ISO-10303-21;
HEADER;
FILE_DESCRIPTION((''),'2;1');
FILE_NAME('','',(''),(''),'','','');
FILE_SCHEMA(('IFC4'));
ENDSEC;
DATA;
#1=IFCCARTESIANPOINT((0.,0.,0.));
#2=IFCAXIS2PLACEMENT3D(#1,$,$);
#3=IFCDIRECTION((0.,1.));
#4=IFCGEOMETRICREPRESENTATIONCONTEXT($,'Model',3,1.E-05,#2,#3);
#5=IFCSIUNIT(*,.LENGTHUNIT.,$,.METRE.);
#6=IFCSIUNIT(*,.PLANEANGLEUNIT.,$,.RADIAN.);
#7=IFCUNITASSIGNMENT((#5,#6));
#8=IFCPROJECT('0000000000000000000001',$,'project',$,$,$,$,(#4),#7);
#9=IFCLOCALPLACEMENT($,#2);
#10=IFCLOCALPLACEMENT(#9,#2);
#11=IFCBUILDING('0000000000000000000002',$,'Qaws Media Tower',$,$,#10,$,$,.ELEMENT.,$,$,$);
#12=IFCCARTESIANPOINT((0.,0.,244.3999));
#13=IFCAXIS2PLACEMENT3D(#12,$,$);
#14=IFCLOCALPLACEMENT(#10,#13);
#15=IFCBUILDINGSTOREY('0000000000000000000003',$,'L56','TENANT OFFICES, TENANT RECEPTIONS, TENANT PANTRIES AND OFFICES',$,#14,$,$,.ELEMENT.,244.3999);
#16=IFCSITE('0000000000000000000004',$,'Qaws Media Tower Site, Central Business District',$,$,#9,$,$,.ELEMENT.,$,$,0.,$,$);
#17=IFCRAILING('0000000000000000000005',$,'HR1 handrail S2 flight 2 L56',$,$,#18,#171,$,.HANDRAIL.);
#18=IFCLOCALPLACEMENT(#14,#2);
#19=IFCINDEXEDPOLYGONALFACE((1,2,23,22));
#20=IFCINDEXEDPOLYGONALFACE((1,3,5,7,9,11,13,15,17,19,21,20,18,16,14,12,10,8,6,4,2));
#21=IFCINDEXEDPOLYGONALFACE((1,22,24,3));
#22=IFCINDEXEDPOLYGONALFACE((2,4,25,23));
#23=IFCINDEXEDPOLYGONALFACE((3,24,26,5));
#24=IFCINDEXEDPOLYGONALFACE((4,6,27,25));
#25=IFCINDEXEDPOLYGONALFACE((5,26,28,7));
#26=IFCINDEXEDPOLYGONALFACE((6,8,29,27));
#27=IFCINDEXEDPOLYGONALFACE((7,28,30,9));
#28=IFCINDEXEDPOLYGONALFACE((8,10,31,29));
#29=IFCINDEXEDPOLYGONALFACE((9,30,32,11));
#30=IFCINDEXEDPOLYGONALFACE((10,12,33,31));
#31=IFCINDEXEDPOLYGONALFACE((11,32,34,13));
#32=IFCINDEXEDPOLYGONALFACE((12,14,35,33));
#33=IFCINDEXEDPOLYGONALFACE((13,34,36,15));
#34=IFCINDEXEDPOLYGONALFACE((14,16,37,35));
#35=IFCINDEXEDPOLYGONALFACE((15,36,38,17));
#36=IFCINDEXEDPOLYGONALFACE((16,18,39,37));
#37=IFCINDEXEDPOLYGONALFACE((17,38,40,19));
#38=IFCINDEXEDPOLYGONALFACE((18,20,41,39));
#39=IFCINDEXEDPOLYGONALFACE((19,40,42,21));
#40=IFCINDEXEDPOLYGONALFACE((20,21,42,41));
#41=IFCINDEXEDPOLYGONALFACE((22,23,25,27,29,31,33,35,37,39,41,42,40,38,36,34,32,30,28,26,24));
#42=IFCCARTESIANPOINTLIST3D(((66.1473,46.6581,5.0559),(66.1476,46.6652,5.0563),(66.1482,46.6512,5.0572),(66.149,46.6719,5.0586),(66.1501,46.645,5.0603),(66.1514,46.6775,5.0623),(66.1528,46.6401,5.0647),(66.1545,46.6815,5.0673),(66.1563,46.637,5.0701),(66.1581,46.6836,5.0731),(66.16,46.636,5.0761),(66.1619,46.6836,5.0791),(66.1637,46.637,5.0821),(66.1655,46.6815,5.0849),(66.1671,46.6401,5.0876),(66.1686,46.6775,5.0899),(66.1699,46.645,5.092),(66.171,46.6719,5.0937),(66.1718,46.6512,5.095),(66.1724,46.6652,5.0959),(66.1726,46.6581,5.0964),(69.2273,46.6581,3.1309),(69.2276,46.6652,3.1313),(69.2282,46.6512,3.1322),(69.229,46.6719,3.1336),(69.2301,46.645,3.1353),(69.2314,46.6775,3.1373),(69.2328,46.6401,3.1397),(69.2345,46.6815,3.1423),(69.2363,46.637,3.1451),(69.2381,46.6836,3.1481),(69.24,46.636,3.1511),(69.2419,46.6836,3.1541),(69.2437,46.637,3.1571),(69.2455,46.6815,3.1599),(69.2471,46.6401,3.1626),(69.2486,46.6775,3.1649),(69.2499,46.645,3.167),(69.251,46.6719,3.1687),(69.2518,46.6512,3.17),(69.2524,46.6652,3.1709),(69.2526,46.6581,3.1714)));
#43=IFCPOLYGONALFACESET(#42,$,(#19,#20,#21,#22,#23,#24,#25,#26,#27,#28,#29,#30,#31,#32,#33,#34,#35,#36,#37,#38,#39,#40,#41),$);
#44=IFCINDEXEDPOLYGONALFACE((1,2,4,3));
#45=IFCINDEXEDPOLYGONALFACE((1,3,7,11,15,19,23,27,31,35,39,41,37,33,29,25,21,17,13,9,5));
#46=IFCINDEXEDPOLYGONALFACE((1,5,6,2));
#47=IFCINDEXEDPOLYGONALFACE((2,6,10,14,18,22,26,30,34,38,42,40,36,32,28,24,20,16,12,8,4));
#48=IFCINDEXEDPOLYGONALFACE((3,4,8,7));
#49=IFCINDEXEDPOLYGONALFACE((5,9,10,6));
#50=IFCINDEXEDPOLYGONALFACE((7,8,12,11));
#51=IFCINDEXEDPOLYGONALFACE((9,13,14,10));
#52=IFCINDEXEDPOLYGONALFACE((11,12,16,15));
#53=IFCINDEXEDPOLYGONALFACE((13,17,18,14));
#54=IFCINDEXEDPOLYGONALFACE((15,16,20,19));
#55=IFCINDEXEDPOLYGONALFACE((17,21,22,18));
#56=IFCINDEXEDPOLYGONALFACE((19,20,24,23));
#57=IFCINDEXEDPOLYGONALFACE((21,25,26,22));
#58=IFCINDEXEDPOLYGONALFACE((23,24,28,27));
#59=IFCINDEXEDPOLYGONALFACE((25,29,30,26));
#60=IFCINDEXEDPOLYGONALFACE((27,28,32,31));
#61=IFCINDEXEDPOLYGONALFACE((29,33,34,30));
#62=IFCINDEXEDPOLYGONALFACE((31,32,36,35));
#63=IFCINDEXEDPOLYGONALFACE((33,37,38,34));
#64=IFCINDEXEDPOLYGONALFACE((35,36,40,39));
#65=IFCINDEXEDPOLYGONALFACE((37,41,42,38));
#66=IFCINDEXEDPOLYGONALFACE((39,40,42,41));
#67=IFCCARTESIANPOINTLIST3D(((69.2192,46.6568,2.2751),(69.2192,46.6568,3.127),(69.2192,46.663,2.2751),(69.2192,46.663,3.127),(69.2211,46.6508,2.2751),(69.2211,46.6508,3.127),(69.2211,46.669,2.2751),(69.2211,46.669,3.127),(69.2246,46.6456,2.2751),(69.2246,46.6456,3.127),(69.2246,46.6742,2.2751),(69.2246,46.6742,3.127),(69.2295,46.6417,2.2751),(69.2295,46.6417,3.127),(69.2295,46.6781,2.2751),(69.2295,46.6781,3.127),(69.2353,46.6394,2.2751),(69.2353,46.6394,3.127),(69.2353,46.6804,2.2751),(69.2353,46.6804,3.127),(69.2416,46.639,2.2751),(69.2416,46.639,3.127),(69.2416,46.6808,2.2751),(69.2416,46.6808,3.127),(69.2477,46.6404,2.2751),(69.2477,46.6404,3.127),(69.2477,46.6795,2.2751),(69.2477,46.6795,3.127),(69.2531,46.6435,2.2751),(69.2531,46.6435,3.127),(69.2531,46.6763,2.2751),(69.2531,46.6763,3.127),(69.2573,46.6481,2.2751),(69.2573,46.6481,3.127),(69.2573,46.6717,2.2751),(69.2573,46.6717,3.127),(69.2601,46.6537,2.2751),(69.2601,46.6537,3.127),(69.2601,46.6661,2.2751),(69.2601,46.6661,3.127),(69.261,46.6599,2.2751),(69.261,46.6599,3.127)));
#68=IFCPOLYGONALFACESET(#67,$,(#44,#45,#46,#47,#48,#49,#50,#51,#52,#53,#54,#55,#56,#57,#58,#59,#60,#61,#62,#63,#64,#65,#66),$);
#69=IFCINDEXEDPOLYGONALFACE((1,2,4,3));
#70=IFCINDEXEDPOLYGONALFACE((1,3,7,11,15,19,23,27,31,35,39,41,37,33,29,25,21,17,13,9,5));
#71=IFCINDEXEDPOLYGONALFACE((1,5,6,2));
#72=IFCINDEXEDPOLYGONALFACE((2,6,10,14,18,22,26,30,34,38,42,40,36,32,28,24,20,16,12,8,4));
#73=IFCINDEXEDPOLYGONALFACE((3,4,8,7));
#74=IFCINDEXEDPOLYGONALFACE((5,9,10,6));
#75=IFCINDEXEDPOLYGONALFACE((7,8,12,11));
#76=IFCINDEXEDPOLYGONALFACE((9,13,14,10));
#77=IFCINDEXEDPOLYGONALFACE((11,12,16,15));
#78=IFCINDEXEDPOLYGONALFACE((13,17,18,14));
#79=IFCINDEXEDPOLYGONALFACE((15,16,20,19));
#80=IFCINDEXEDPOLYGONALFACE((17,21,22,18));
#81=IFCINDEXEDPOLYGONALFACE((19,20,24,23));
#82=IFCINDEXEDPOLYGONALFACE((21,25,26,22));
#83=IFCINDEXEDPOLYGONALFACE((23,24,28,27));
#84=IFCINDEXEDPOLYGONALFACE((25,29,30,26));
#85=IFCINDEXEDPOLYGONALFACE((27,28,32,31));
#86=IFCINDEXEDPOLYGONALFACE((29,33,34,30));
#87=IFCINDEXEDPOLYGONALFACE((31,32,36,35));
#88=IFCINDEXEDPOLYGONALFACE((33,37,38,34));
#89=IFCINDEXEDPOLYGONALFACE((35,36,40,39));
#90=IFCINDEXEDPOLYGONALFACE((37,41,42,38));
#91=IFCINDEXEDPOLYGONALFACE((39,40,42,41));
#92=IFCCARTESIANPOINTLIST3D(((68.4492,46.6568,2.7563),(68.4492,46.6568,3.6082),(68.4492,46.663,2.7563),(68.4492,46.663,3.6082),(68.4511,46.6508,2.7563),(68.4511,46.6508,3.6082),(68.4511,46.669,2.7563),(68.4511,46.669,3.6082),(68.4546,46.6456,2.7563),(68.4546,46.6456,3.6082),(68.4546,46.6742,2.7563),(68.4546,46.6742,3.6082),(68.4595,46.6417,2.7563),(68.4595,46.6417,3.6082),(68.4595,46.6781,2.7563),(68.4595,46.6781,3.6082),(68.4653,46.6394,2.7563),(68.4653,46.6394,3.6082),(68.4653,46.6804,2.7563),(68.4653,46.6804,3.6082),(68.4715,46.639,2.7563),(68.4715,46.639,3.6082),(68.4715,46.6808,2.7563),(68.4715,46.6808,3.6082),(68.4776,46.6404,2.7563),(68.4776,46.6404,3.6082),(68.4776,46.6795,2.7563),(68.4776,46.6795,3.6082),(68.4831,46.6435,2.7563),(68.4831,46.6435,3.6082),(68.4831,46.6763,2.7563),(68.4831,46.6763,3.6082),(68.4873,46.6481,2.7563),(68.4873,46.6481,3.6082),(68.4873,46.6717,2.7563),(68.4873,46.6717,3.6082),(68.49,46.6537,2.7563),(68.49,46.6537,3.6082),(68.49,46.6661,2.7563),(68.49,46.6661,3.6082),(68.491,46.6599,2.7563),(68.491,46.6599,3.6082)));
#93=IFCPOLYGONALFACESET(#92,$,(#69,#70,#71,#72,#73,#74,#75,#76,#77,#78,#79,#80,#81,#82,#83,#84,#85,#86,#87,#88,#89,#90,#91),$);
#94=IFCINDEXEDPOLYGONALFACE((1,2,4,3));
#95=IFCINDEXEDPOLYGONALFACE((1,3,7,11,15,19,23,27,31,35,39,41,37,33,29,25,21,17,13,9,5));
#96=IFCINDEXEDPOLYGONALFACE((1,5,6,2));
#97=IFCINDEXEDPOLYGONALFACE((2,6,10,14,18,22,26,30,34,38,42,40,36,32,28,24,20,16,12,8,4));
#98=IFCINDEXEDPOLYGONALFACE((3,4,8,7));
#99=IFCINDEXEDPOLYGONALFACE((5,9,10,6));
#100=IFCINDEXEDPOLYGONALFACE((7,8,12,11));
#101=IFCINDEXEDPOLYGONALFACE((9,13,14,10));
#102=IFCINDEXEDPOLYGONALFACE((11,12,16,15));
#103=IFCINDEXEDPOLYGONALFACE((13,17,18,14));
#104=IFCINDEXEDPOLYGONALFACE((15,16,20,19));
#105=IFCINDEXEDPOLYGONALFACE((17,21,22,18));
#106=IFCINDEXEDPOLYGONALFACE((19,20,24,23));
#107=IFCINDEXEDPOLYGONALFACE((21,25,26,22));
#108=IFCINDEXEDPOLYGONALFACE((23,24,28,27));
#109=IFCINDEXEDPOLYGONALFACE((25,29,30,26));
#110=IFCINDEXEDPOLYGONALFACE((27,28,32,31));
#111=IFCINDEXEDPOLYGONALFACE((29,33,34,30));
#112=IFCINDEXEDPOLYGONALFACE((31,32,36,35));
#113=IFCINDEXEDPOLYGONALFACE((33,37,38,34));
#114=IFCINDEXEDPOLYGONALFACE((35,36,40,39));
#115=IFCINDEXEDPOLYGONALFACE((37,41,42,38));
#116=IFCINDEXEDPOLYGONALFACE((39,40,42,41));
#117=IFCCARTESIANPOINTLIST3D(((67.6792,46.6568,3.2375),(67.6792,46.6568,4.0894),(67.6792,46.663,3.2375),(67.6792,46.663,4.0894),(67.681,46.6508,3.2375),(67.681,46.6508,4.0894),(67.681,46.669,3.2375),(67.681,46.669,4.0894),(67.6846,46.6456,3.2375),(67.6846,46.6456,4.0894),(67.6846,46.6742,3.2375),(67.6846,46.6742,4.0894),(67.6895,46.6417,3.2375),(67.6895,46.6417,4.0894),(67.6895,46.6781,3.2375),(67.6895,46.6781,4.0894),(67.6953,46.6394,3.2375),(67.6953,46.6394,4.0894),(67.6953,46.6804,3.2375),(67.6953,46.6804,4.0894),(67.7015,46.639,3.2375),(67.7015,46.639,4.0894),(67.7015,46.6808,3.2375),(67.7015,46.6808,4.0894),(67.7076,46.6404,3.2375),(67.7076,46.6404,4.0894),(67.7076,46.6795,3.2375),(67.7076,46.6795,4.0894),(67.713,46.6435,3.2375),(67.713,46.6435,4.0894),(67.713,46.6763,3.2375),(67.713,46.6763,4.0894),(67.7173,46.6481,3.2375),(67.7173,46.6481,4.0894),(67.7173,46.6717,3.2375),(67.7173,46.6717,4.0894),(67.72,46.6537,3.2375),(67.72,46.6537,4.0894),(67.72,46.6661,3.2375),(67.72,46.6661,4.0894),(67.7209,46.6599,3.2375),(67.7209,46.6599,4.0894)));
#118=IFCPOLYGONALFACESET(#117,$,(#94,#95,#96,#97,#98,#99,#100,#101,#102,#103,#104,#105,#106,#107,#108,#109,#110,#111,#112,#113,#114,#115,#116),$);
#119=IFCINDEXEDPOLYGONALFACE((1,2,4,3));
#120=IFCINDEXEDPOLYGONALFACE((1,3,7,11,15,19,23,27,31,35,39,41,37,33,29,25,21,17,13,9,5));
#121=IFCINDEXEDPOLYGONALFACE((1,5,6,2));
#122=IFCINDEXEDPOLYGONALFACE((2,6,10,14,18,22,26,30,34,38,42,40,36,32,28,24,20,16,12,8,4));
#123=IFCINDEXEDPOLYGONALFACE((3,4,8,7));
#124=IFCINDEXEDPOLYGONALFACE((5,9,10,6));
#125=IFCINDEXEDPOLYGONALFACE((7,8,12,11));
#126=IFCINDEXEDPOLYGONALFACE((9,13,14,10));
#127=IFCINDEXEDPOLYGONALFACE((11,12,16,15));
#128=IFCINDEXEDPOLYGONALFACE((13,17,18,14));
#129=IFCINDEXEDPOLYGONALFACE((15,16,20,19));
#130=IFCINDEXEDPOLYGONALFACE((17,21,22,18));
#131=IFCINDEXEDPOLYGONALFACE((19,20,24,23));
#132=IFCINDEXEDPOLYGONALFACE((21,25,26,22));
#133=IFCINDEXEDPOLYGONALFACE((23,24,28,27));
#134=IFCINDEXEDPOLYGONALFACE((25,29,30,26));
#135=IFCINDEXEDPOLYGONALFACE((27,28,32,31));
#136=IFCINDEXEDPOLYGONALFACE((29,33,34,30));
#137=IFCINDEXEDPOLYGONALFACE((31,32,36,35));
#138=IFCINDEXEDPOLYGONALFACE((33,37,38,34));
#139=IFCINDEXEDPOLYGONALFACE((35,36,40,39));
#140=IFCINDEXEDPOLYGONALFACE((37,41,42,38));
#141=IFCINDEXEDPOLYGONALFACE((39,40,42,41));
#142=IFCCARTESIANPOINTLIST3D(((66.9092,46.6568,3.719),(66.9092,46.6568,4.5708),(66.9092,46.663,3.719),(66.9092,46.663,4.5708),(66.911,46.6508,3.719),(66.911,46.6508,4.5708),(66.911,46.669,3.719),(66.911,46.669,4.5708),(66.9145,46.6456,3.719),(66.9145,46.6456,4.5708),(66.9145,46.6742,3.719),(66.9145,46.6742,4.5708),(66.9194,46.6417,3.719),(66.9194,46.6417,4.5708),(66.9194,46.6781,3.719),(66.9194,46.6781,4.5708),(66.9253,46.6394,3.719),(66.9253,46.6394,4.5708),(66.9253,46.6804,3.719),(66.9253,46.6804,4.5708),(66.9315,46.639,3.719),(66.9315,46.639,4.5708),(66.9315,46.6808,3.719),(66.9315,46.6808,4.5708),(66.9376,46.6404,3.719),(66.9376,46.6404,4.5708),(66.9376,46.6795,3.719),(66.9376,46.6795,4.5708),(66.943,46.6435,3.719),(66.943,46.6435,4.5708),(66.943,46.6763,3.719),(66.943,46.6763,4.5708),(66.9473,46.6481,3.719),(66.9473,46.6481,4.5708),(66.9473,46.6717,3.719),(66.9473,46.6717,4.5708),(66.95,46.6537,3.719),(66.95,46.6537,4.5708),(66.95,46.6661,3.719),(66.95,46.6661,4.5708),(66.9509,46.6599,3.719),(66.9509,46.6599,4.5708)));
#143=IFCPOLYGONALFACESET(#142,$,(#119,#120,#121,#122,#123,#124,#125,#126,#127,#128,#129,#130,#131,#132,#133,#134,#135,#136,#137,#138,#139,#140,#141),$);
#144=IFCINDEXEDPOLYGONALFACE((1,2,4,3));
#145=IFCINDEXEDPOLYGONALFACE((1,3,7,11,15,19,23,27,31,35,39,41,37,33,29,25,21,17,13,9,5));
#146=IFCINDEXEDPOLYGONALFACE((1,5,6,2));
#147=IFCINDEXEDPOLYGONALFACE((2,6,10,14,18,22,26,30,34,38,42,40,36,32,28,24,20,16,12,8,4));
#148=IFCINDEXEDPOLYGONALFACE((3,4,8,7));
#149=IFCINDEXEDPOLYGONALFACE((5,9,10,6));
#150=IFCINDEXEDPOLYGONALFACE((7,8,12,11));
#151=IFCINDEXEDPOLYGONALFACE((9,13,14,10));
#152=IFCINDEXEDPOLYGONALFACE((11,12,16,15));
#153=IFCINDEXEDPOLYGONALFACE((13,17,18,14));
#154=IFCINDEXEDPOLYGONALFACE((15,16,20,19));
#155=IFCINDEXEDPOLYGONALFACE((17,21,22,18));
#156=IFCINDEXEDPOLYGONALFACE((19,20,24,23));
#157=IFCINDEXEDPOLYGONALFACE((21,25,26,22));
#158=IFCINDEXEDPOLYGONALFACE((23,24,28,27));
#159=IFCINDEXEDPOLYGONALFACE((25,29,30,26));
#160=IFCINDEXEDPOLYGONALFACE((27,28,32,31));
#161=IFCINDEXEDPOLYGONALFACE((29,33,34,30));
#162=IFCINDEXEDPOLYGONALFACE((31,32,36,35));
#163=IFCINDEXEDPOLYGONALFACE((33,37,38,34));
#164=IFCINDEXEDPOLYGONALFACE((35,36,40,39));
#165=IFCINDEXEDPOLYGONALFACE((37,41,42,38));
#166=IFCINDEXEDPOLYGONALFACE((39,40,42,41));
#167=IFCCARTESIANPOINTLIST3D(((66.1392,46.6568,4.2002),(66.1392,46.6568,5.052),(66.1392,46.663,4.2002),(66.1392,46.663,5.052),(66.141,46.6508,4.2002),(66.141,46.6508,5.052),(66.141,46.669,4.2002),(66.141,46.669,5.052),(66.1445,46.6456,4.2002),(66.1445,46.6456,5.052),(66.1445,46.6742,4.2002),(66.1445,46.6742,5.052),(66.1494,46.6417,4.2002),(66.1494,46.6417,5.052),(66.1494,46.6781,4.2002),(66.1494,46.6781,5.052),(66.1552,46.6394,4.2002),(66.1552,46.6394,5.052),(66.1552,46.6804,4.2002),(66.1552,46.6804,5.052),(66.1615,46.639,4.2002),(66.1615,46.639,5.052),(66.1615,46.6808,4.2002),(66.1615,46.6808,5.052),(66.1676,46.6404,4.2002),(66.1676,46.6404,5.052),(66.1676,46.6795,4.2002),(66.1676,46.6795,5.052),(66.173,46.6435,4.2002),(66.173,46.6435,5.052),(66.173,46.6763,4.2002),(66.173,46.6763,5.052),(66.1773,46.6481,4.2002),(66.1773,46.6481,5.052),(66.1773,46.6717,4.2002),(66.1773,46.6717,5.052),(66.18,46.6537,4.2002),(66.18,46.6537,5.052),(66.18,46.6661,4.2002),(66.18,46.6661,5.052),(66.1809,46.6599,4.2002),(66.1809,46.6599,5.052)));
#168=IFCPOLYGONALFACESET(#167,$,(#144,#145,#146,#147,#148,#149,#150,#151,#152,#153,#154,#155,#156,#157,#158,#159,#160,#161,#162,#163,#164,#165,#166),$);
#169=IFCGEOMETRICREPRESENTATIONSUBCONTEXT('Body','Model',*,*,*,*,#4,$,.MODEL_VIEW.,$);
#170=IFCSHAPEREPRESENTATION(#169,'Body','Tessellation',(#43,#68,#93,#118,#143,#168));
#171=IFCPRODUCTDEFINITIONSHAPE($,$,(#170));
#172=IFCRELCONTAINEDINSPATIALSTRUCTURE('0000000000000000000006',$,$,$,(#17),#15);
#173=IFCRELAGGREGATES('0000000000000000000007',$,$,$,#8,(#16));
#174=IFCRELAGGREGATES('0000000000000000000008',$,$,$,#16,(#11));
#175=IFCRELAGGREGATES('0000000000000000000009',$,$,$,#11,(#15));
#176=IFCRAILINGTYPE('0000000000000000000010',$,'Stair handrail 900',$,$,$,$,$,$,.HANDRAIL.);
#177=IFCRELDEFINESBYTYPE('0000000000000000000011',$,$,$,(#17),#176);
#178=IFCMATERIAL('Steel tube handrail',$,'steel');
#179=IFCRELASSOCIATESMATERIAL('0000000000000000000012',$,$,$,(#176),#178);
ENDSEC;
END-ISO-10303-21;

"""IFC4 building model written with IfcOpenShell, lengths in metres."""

from ifc_helpers import new_model, si_unit, direction, frame, origin, origin_2d, place, context, subcontext, project, spatial, circle, extrude, material, type_object, element, save


model = new_model("IFC4")

# Units and contexts
model_context = context("Model", 3, precision=1e-05, world=origin(), true_north=direction((0.0, 1.0)))
body_context = subcontext(model_context, "Body", "Model", "MODEL_VIEW")
ifc_project = project(units=[si_unit("LENGTHUNIT", "METRE"), si_unit("PLANEANGLEUNIT", "RADIAN")], contexts=[model_context])

# Site, building, storey
site_placement = place(None, origin())
site = spatial("IfcSite", under=ifc_project, at=site_placement, Name="Qaws Media Tower Site, Central Business District", CompositionType="ELEMENT", RefElevation=0.0)
building_placement = place(site_placement, origin())
building = spatial("IfcBuilding", under=site, at=building_placement, Name="Qaws Media Tower", CompositionType="ELEMENT")
storey_placement = place(building_placement, frame((0.0, 0.0, 244.3999)))
storey = spatial("IfcBuildingStorey", under=building, at=storey_placement, Name="L56", Description="TENANT OFFICES, TENANT RECEPTIONS, TENANT PANTRIES AND OFFICES", CompositionType="ELEMENT", Elevation=244.3999)

# Railing
ifc_material_1 = material(Name="Steel tube handrail", Category="steel")
railing_type = type_object("IfcRailingType", Name="Stair handrail 900", PredefinedType="HANDRAIL", material=ifc_material_1)
for number, where, name in (
    (1, (69.24, 46.6599, 2.2751), "HR1 handrail S2 flight 2 L56"),
):
    element("IfcRailing", number, at=place(storey_placement, frame(where)), inside=storey, type_object=railing_type, Name=name, PredefinedType="HANDRAIL", context=body_context, shape_type="SweptSolid", body=[
        extrude(circle(Radius=0.0239, at=origin_2d()), frame((0.0, 0.0, 0.876), z_axis=(-0.847998, 0.0, 0.529999), x_axis=(0.0, -1.0, 0.0)), (0.0, 0.0, 1.0), 3.6321),
        extrude(circle(Radius=0.021, at=origin_2d()), origin(), (0.0, 0.0, 1.0), 0.8518),
        extrude(circle(Radius=0.021, at=origin_2d()), frame((-0.77, 0.0, 0.4812)), (0.0, 0.0, 1.0), 0.8518),
        extrude(circle(Radius=0.021, at=origin_2d()), frame((-1.54, 0.0, 0.9624)), (0.0, 0.0, 1.0), 0.8518),
        extrude(circle(Radius=0.021, at=origin_2d()), frame((-2.3101, 0.0, 1.4438)), (0.0, 0.0, 1.0), 0.8518),
        extrude(circle(Radius=0.021, at=origin_2d()), frame((-3.0801, 0.0, 1.925)), (0.0, 0.0, 1.0), 0.8518),
    ])

save(model, "model.ifc")
